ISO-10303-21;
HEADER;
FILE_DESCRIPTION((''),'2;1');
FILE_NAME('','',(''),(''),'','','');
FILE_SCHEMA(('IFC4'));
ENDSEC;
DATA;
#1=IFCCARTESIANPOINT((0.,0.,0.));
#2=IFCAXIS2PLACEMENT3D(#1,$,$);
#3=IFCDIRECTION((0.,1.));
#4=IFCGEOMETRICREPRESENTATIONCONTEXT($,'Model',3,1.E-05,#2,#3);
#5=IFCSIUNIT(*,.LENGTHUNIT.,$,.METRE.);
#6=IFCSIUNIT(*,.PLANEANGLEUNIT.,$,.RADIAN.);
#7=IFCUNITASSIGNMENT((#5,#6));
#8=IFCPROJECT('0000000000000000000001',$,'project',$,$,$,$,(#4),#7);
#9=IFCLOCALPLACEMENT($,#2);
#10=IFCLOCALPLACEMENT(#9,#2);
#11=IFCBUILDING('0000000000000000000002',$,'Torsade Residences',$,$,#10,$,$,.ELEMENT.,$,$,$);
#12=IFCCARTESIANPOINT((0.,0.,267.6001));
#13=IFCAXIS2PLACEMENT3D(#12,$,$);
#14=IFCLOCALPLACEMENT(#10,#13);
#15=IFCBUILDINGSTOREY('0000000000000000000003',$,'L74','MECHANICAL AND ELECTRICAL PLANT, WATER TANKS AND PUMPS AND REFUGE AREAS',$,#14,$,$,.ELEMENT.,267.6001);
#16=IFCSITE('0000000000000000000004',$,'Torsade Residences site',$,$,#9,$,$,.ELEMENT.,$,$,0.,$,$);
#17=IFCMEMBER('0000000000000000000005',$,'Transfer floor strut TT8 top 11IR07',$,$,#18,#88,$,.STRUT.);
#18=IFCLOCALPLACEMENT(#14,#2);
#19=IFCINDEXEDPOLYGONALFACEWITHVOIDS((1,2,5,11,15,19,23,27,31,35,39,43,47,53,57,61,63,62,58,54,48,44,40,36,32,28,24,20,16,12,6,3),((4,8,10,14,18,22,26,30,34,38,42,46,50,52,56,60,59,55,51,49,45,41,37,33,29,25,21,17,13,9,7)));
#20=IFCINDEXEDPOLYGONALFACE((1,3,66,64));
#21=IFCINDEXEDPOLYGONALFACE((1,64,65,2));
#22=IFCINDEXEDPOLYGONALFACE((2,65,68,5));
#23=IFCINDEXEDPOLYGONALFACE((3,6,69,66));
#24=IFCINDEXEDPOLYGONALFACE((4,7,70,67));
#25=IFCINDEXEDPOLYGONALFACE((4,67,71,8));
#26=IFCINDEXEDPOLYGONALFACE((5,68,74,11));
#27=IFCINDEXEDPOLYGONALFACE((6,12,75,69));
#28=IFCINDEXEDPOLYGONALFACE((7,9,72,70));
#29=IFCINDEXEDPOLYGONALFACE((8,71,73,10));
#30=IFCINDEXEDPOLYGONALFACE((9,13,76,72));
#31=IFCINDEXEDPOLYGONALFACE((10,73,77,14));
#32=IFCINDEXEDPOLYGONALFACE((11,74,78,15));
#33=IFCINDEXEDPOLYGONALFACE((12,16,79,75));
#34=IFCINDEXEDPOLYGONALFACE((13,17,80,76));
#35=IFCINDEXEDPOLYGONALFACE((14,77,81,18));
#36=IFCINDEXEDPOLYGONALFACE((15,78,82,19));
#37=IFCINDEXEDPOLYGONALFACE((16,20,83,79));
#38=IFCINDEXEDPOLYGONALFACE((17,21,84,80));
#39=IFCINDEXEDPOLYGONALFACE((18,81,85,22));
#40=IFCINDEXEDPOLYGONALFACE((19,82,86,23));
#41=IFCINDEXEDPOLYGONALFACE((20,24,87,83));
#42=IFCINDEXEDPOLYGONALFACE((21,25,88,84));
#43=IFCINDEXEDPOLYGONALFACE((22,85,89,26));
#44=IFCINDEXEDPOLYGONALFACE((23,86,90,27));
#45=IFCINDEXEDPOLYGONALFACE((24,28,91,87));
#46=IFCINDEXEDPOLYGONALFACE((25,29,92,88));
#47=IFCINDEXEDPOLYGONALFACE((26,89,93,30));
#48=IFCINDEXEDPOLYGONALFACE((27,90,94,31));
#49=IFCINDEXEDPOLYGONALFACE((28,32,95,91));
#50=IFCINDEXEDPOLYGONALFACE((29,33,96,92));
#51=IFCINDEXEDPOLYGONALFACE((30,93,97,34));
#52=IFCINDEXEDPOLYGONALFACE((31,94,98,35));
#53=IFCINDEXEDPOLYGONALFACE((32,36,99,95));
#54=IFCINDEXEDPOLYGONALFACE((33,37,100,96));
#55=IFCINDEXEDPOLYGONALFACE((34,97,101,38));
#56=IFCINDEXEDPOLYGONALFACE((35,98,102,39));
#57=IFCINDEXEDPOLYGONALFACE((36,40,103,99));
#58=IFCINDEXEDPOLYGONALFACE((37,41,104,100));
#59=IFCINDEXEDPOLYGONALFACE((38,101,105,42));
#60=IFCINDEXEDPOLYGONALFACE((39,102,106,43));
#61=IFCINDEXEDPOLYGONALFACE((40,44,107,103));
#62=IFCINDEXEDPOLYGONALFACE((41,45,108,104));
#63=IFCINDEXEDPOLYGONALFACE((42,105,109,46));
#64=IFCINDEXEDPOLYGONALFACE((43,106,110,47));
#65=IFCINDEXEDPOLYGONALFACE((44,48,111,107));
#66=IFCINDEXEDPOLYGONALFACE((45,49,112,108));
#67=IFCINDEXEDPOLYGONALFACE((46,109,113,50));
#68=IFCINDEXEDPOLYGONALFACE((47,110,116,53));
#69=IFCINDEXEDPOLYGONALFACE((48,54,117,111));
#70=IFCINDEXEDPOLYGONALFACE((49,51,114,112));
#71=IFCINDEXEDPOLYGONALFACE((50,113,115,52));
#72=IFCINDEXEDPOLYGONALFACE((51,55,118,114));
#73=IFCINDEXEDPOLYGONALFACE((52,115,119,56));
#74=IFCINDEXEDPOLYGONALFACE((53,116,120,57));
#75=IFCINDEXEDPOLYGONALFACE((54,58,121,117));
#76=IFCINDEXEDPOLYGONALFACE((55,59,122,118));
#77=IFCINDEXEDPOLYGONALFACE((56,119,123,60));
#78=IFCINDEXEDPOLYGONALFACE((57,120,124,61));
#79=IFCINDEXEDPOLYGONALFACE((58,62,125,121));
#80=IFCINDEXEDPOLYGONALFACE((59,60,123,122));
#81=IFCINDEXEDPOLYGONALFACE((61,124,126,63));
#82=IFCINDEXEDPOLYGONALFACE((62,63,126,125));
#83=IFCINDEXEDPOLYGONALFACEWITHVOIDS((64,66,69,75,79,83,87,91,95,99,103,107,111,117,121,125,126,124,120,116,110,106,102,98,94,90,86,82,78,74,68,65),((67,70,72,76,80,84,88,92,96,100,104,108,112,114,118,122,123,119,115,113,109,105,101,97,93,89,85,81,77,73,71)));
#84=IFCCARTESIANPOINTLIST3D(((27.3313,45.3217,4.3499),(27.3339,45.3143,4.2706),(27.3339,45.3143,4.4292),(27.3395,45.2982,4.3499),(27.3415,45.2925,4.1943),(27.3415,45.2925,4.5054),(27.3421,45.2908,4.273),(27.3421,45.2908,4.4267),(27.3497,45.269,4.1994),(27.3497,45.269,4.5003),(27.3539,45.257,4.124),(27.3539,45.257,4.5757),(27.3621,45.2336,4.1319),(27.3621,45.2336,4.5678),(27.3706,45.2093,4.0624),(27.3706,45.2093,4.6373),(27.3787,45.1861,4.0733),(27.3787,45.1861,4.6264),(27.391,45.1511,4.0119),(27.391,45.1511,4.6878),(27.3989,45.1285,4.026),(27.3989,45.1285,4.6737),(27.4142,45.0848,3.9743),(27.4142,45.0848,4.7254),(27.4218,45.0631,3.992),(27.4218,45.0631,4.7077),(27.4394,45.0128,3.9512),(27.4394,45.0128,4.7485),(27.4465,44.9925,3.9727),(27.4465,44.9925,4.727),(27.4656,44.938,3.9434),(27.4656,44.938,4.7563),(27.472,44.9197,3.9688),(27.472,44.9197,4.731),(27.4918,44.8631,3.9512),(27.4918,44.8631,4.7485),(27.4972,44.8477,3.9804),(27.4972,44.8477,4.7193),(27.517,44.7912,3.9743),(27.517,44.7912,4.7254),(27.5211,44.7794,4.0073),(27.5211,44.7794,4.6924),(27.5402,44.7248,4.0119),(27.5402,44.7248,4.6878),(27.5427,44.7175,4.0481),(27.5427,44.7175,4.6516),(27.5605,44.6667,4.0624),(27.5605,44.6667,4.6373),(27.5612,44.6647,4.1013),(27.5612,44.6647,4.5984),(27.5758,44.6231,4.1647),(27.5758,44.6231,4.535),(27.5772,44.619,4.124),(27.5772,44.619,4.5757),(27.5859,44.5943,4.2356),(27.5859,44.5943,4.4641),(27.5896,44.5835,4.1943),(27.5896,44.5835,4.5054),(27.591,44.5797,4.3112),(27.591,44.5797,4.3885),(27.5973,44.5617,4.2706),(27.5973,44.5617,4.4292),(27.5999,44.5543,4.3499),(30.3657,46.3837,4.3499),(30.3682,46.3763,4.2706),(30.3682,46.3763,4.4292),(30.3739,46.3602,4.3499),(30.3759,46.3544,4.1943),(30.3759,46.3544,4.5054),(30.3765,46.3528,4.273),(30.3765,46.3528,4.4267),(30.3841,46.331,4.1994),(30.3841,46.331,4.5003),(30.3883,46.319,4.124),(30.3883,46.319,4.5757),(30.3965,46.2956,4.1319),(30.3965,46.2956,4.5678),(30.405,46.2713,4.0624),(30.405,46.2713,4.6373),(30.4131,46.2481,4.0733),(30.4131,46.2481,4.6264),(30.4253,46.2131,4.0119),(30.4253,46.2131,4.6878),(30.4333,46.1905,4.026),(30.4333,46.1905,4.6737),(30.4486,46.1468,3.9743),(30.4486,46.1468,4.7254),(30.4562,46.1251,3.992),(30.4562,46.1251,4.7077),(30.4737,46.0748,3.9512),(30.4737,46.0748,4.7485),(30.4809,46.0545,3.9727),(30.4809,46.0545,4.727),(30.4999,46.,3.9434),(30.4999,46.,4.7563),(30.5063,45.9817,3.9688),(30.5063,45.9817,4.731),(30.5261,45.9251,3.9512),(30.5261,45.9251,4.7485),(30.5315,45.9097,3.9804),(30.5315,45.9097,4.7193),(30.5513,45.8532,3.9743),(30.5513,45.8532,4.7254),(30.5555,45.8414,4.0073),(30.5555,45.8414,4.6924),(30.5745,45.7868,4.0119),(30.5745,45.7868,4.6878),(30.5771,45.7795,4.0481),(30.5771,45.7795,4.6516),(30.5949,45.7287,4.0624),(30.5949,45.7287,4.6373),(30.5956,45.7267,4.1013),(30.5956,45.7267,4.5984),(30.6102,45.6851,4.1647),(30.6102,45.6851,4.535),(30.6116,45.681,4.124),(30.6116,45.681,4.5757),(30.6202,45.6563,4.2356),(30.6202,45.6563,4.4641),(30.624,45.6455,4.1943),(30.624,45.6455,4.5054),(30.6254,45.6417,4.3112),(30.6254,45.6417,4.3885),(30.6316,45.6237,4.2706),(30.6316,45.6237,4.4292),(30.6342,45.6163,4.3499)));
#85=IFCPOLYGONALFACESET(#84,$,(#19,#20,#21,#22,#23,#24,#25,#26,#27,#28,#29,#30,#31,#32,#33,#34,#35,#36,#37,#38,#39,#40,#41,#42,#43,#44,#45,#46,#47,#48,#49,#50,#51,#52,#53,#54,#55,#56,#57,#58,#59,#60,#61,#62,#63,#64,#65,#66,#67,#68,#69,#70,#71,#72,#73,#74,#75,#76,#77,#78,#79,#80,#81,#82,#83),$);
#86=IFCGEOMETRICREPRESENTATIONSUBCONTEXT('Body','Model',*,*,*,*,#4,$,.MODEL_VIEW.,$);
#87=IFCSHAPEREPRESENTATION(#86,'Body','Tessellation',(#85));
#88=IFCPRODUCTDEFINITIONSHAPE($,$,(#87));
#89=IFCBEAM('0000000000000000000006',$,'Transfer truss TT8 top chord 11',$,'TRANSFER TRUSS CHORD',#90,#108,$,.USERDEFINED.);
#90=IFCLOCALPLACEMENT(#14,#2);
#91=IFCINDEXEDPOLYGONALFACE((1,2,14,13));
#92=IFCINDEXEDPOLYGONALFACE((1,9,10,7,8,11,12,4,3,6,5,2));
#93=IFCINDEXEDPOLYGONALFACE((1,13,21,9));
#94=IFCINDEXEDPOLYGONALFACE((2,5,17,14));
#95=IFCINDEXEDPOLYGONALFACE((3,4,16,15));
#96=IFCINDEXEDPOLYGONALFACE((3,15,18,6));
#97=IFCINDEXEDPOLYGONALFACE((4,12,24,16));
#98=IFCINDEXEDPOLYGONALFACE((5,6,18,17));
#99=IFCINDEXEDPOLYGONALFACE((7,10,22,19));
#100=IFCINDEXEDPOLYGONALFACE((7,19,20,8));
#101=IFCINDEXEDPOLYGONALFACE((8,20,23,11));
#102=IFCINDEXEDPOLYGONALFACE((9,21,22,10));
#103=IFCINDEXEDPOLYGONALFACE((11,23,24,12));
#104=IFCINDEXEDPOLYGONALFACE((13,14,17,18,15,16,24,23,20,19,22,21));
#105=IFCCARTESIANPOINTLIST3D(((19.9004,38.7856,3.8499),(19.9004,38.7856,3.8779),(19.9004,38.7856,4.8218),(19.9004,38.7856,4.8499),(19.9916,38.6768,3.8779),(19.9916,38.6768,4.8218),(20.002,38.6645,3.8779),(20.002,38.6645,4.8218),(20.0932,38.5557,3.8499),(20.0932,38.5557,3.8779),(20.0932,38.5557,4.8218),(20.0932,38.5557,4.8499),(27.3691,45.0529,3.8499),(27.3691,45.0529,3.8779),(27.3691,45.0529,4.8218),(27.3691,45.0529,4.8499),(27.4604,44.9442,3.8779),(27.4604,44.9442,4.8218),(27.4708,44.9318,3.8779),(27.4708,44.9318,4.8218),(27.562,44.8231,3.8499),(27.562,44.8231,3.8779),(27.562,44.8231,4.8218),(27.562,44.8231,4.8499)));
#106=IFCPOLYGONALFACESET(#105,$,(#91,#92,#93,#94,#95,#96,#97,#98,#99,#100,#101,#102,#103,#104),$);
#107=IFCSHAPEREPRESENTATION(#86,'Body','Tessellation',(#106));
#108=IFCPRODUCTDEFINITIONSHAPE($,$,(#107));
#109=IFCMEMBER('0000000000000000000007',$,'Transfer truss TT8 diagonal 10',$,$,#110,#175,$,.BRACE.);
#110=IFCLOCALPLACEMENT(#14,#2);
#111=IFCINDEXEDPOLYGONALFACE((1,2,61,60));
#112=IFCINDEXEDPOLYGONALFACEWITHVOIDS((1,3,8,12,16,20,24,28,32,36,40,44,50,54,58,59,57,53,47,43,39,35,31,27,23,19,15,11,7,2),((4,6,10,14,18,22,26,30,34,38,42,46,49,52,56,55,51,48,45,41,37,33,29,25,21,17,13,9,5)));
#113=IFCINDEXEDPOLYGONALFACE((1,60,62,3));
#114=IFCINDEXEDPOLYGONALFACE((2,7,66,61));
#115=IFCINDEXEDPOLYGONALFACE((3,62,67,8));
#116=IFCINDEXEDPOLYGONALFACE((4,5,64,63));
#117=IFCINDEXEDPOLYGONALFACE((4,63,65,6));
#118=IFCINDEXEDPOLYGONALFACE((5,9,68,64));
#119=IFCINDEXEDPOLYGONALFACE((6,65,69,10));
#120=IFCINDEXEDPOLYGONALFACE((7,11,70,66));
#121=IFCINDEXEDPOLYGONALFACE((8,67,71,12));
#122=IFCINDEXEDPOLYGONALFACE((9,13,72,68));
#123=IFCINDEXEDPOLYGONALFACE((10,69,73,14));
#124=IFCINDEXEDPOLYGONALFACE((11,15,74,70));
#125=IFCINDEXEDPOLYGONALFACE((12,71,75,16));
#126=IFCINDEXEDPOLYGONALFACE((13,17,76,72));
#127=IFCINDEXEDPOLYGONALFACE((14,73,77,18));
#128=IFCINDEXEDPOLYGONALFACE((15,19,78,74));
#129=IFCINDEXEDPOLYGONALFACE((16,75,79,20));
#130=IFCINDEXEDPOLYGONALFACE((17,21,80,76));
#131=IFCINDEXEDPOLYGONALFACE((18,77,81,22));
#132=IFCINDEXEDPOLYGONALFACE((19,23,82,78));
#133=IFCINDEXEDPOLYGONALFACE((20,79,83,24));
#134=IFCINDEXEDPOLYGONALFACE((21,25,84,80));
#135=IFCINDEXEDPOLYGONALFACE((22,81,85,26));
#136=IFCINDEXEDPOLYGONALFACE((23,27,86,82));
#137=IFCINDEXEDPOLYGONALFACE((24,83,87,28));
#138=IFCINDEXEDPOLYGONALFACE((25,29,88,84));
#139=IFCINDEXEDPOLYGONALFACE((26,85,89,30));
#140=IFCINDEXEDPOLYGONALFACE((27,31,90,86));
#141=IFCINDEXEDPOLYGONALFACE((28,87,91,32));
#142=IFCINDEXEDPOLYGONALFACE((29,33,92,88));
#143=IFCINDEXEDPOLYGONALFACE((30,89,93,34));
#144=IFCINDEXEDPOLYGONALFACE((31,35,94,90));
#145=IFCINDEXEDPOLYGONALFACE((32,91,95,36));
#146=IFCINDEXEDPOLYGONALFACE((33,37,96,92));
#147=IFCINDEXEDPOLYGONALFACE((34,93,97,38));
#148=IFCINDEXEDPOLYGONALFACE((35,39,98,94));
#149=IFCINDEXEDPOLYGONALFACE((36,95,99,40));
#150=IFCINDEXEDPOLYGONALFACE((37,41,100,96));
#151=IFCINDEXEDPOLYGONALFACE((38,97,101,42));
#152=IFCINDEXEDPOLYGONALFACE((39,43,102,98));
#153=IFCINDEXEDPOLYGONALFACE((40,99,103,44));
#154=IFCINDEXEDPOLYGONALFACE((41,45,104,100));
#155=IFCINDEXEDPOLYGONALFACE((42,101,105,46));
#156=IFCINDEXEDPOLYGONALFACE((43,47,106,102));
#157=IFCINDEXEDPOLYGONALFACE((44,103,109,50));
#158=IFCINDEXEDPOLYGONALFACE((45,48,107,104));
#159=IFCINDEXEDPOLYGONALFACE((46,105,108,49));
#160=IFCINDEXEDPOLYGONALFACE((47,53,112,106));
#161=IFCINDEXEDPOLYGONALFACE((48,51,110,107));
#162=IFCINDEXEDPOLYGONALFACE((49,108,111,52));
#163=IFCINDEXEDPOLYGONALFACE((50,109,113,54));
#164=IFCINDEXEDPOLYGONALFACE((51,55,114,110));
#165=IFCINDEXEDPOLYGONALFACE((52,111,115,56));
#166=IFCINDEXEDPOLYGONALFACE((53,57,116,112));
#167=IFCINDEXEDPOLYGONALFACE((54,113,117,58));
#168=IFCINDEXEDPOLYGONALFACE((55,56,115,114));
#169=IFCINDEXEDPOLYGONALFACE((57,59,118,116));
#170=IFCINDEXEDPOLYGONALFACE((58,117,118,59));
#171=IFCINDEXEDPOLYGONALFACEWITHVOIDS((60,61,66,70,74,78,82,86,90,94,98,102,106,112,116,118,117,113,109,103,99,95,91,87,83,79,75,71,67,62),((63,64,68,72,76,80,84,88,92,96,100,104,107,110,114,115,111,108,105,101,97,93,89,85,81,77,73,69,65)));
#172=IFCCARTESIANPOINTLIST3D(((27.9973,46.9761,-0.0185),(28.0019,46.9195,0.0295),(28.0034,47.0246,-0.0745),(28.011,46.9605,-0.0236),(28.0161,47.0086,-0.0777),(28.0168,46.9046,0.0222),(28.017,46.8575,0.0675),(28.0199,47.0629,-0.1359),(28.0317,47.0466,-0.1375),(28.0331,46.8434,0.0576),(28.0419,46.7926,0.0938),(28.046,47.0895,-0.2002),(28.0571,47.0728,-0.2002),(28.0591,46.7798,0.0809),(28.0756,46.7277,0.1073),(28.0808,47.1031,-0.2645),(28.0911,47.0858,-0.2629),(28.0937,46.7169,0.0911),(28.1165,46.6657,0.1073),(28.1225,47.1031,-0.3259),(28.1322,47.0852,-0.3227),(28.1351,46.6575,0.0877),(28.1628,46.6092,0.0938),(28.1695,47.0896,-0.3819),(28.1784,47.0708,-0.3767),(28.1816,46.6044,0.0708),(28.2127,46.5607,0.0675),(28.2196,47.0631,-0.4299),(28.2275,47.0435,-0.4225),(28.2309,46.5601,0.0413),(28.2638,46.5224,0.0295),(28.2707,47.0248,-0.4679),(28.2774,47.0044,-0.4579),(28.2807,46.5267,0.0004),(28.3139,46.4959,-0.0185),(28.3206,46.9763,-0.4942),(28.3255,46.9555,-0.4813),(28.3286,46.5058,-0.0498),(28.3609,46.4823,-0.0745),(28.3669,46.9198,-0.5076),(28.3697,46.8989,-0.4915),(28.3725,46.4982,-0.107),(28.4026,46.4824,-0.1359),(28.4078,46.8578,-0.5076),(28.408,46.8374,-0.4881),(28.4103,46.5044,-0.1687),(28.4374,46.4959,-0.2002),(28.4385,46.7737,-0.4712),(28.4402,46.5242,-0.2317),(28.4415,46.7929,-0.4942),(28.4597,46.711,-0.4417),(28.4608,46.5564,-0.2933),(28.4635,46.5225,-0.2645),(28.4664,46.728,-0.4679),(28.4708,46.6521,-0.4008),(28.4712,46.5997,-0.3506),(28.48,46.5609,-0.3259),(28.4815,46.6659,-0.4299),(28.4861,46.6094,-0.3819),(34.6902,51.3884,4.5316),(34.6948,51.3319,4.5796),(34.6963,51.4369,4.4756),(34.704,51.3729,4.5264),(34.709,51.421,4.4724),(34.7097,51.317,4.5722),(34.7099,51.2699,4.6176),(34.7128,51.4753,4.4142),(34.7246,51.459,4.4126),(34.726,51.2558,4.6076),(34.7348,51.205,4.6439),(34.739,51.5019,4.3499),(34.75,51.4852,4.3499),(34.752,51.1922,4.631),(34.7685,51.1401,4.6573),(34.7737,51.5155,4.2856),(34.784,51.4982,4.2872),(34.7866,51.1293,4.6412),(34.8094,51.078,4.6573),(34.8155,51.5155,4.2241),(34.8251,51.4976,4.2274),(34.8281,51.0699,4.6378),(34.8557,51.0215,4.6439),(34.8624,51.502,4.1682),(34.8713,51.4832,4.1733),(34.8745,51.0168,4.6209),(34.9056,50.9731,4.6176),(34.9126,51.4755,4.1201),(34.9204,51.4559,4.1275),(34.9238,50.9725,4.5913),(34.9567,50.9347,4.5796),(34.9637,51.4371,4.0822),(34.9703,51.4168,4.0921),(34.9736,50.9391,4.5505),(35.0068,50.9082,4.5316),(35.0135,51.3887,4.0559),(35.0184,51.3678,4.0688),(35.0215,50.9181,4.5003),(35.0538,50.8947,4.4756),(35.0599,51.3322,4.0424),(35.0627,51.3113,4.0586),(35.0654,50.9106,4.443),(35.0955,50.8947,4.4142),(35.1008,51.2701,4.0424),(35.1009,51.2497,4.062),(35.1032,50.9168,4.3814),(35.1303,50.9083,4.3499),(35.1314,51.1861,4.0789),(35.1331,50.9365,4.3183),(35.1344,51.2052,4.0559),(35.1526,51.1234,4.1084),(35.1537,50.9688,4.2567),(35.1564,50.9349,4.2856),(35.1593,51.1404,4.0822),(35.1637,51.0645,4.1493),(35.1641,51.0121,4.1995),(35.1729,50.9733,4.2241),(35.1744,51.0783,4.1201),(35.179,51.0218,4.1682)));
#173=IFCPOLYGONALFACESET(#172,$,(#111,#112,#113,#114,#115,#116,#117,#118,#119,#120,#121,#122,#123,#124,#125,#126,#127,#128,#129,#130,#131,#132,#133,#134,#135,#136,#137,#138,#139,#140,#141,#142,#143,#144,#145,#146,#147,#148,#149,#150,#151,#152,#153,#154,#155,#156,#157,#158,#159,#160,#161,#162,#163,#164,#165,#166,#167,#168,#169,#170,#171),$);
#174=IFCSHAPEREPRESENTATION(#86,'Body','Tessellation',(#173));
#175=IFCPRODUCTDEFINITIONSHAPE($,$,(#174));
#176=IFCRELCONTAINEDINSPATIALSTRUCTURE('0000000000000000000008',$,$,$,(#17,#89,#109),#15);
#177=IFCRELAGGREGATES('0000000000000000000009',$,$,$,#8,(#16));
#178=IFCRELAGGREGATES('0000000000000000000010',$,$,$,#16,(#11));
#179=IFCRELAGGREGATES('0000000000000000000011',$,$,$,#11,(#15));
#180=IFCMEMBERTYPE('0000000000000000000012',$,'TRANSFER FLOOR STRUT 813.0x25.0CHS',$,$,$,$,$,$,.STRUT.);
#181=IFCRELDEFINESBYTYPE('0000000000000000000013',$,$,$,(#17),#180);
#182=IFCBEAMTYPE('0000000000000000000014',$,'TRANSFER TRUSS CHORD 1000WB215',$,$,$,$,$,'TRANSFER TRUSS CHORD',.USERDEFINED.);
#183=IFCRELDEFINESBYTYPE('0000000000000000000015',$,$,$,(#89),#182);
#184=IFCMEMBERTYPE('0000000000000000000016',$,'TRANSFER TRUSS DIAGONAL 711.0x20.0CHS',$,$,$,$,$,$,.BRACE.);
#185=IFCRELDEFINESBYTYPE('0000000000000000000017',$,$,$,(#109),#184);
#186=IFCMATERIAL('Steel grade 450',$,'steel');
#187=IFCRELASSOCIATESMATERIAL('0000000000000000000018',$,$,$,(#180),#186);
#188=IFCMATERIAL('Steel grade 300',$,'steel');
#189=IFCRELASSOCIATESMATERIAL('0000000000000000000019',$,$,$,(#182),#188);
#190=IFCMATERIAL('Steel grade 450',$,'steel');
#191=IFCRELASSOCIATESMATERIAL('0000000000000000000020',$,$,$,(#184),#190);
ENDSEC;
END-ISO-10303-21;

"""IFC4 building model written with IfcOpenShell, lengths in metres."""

from ifc_helpers import new_model, si_unit, direction, frame, origin, origin_2d, place, context, subcontext, project, spatial, hollow_circle, i_section, extrude, material, material_profile, profile_set, type_object, element, save


model = new_model("IFC4")

# Units and contexts
model_context = context("Model", 3, precision=1e-05, world=origin(), true_north=direction((0.0, 1.0)))
body_context = subcontext(model_context, "Body", "Model", "MODEL_VIEW")
ifc_project = project(units=[si_unit("LENGTHUNIT", "METRE"), si_unit("PLANEANGLEUNIT", "RADIAN")], contexts=[model_context])

# Site, building, storey
site_placement = place(None, origin())
site = spatial("IfcSite", under=ifc_project, at=site_placement, Name="Torsade Residences site", CompositionType="ELEMENT", RefElevation=0.0)
building_placement = place(site_placement, origin())
building = spatial("IfcBuilding", under=site, at=building_placement, Name="Torsade Residences", CompositionType="ELEMENT")
storey_placement = place(building_placement, frame((0.0, 0.0, 267.6001)))
storey = spatial("IfcBuildingStorey", under=building, at=storey_placement, Name="L74", Description="MECHANICAL AND ELECTRICAL PLANT, WATER TANKS AND PUMPS AND REFUGE AREAS", CompositionType="ELEMENT", Elevation=267.6001)

# Member
ifc_material_1 = material(Name="Steel grade 450", Category="steel")
ifc_material_profile_1 = material_profile(ifc_material_1, hollow_circle(Radius=0.4065, WallThickness=0.0249, at=origin_2d()), Name="813.0x25.0CHS")
ifc_profile_set_1 = profile_set([ifc_material_profile_1], Name="Steel grade 450")
member_type_1 = type_object("IfcMemberType", Name="TRANSFER FLOOR STRUT 813.0x25.0CHS", PredefinedType="STRUT", material=ifc_profile_set_1)
member_1_placement = place(storey_placement, frame((27.4656, 44.938, 4.3499), z_axis=(0.943862, 0.33034, 0.0), x_axis=(-0.33034, 0.943862, 0.0)))
element("IfcMember", 1, at=member_1_placement, inside=storey, type_object=member_type_1, Name="Transfer floor strut TT8 top 11IR07", PredefinedType="STRUT", context=body_context, shape_type="SweptSolid", body=[
    extrude(hollow_circle(Radius=0.4065, WallThickness=0.0249, at=origin_2d()), origin(), (0.0, 0.0, 1.0), 3.2148),
])

# Beam
ifc_material_2 = material(Name="Steel grade 300", Category="steel")
ifc_material_profile_2 = material_profile(ifc_material_2, i_section(OverallWidth=0.3, OverallDepth=1.0, WebThickness=0.0161, FlangeThickness=0.0281, at=origin_2d()), Name="1000WB215")
ifc_profile_set_2 = profile_set([ifc_material_profile_2], Name="Steel grade 300")
beam_type_1 = type_object("IfcBeamType", Name="TRANSFER TRUSS CHORD 1000WB215", ElementType="TRANSFER TRUSS CHORD", PredefinedType="USERDEFINED", material=ifc_profile_set_2)
beam_1_placement = place(storey_placement, frame((27.4656, 44.938, 4.3499), z_axis=(-0.766029, -0.642806, 0.0), x_axis=(0.642806, -0.766029, 0.0)))
element("IfcBeam", 2, at=beam_1_placement, inside=storey, type_object=beam_type_1, Name="Transfer truss TT8 top chord 11", ObjectType="TRANSFER TRUSS CHORD", PredefinedType="USERDEFINED", context=body_context, shape_type="SweptSolid", body=[
    extrude(i_section(OverallWidth=0.3, OverallDepth=1.0, WebThickness=0.0161, FlangeThickness=0.0281, at=origin_2d()), origin(), (0.0, 0.0, 1.0), 9.75),
])

# Member
ifc_material_3 = material(Name="Steel grade 450", Category="steel")
ifc_material_profile_3 = material_profile(ifc_material_3, hollow_circle(Radius=0.3555, WallThickness=0.02, at=origin_2d()), Name="711.0x20.0CHS")
ifc_profile_set_3 = profile_set([ifc_material_profile_3], Name="Steel grade 450")
member_type_2 = type_object("IfcMemberType", Name="TRANSFER TRUSS DIAGONAL 711.0x20.0CHS", PredefinedType="BRACE", material=ifc_profile_set_3)
member_2_placement = place(storey_placement, frame((28.2417, 46.7927, -0.2002), z_axis=(0.726088, 0.478682, 0.49362), x_axis=(-0.550413, 0.834893, 0.0)))
element("IfcMember", 3, at=member_2_placement, inside=storey, type_object=member_type_2, Name="Transfer truss TT8 diagonal 10", PredefinedType="BRACE", context=body_context, shape_type="SweptSolid", body=[
    extrude(hollow_circle(Radius=0.3555, WallThickness=0.02, at=origin_2d()), origin(), (0.0, 0.0, 1.0), 9.2178),
])

save(model, "model.ifc")
